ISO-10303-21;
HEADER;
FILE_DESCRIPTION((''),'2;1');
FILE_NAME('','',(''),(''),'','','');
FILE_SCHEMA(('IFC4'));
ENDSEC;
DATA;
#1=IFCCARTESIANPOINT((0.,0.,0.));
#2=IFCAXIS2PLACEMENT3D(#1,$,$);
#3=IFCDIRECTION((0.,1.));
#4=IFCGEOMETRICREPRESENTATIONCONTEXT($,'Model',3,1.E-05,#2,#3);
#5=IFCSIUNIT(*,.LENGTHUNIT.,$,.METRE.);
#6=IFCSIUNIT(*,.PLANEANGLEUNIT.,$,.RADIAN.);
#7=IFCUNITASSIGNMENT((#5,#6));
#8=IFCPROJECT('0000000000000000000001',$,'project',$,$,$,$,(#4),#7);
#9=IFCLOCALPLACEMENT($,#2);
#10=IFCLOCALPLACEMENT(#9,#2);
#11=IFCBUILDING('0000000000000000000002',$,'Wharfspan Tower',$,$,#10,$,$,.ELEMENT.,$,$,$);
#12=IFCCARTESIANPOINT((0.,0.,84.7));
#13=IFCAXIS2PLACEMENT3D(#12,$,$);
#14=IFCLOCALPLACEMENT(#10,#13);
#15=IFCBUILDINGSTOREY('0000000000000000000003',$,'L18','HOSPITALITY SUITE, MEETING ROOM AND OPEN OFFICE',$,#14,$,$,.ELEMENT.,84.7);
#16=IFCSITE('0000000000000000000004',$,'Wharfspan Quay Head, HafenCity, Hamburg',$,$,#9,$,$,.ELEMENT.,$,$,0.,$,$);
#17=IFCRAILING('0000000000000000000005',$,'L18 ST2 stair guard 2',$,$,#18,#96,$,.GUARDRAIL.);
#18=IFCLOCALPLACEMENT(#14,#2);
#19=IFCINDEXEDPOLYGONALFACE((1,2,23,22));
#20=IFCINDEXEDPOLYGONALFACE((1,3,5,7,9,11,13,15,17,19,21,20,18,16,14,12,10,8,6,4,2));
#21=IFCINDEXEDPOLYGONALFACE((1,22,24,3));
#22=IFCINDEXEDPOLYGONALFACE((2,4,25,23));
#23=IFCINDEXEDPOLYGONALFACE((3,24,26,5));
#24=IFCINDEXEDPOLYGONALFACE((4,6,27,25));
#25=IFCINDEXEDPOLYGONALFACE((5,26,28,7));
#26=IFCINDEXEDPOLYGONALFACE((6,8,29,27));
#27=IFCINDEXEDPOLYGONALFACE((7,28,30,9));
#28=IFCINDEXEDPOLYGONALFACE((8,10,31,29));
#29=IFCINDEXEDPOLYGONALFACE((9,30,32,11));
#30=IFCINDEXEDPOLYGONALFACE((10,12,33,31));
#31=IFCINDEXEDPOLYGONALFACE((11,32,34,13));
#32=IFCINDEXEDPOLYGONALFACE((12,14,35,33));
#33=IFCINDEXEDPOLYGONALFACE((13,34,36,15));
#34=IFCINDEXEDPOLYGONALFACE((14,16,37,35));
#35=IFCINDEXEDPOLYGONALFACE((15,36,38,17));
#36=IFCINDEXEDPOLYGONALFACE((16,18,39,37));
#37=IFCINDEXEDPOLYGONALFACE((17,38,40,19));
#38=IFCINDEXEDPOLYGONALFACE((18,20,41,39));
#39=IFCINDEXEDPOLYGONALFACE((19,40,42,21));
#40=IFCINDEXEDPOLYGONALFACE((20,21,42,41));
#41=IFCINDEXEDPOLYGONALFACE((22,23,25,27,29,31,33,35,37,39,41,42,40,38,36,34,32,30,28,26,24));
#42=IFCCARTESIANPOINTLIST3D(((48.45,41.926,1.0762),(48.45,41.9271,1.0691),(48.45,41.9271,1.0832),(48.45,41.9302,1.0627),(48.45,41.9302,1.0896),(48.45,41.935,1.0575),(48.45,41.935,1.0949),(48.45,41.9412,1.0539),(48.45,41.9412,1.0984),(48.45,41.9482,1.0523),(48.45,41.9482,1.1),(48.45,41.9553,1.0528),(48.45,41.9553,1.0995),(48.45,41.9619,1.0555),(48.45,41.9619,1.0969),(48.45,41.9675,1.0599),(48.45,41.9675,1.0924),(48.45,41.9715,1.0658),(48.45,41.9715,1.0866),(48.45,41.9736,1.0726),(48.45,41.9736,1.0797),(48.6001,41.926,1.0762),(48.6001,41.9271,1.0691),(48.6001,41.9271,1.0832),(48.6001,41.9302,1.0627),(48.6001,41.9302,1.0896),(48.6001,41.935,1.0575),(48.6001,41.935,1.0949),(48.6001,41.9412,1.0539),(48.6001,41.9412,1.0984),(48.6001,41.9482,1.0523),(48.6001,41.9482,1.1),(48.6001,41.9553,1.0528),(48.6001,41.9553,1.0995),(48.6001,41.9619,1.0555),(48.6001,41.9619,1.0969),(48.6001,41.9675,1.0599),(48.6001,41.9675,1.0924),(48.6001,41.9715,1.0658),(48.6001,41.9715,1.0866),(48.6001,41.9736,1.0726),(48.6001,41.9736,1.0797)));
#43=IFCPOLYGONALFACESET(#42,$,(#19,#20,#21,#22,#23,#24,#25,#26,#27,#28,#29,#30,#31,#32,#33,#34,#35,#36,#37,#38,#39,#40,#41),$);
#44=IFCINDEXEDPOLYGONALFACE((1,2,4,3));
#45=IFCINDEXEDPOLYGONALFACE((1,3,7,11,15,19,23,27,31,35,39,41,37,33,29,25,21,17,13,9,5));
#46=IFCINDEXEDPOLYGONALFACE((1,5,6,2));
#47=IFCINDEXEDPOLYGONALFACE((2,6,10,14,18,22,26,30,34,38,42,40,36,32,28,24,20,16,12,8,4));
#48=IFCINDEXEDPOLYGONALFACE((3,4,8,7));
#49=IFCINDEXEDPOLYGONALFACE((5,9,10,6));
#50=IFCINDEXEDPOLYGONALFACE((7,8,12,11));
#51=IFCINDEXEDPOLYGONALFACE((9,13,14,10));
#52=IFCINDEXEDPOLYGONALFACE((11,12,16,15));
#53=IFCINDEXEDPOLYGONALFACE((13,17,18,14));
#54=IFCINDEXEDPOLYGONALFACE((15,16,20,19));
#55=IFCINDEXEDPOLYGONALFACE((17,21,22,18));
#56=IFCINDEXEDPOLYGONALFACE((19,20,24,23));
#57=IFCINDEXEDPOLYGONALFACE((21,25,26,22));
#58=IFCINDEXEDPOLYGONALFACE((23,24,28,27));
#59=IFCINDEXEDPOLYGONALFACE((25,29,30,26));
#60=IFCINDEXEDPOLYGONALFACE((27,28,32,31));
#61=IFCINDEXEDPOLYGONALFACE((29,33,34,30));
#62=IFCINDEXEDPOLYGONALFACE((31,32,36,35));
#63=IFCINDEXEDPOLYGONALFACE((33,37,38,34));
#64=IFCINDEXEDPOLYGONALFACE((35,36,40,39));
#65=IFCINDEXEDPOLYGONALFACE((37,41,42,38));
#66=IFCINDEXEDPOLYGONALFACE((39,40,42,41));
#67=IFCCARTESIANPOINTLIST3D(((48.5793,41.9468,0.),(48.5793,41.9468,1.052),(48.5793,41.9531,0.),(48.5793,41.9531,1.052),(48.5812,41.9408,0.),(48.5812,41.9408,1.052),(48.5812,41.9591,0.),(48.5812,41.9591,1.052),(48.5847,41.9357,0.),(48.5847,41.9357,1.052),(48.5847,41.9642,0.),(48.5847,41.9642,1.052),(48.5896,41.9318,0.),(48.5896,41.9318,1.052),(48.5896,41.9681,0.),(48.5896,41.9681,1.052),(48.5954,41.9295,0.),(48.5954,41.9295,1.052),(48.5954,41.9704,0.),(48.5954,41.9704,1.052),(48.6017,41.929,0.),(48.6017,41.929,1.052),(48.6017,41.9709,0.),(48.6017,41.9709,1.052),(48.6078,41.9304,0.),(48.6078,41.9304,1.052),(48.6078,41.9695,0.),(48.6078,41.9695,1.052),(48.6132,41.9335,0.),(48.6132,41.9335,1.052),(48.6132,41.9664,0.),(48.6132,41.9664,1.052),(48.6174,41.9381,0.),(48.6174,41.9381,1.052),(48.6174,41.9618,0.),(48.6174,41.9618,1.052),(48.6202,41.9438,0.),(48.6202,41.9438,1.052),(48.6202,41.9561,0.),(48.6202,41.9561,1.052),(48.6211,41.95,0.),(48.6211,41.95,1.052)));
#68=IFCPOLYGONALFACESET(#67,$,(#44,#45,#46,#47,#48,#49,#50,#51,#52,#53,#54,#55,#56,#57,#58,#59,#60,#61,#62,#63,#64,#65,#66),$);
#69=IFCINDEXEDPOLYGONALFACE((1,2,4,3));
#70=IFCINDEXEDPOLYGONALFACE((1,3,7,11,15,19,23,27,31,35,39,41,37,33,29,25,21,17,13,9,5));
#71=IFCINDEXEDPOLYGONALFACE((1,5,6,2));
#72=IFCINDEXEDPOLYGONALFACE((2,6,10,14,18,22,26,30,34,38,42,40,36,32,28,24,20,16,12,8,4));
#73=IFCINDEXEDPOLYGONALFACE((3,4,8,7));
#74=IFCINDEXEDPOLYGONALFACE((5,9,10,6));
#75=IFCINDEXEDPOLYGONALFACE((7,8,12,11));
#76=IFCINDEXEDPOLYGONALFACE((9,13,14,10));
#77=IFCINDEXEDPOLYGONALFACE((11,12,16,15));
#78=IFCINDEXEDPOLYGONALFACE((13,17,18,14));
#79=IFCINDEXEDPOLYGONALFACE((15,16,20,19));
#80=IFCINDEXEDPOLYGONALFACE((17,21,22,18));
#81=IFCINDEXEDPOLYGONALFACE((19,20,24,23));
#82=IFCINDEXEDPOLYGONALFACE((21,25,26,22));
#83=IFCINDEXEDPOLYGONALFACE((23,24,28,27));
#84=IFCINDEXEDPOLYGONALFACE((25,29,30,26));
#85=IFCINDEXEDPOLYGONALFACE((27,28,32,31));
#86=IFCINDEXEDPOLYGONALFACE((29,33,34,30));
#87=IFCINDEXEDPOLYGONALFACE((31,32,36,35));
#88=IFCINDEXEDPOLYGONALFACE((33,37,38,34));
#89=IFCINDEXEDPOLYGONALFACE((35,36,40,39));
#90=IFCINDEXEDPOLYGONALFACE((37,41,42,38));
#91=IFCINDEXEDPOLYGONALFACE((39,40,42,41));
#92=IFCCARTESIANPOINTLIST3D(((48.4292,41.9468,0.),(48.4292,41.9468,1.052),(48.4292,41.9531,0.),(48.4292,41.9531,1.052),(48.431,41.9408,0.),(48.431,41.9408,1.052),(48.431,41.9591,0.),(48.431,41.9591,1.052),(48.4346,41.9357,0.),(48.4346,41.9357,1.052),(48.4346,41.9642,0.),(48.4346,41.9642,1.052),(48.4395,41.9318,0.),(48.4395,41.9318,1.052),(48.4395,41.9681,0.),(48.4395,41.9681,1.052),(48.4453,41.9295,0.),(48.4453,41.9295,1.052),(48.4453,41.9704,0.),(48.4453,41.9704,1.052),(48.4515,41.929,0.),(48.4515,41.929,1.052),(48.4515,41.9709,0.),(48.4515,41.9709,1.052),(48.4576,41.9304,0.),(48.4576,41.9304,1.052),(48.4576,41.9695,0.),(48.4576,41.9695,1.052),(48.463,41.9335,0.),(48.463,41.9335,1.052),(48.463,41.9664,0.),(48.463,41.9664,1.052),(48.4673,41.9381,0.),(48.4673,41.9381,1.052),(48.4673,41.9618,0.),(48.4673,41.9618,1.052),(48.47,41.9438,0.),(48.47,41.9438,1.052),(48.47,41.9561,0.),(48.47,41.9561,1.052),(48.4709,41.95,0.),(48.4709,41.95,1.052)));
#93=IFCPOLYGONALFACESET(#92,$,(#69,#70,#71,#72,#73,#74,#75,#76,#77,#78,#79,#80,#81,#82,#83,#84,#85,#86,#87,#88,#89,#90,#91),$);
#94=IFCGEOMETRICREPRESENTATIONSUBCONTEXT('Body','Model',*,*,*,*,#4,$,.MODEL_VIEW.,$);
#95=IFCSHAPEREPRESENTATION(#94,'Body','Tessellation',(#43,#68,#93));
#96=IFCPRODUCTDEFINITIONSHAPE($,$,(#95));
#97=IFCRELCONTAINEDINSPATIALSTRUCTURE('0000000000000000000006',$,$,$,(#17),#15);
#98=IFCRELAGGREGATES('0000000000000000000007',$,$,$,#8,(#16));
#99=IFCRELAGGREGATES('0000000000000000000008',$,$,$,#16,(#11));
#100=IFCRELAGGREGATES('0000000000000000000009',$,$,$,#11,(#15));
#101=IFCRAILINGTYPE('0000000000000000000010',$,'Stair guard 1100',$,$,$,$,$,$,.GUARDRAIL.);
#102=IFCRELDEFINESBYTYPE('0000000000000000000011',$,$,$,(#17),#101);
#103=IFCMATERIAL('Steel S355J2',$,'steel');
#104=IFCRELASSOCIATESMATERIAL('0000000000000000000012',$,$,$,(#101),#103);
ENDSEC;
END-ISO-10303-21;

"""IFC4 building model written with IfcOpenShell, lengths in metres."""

from ifc_helpers import new_model, si_unit, direction, frame, origin, origin_2d, place, context, subcontext, project, spatial, circle, extrude, material, type_object, element, save


model = new_model("IFC4")

# Units and contexts
model_context = context("Model", 3, precision=1e-05, world=origin(), true_north=direction((0.0, 1.0)))
body_context = subcontext(model_context, "Body", "Model", "MODEL_VIEW")
ifc_project = project(units=[si_unit("LENGTHUNIT", "METRE"), si_unit("PLANEANGLEUNIT", "RADIAN")], contexts=[model_context])

# Site, building, storey
site_placement = place(None, origin())
site = spatial("IfcSite", under=ifc_project, at=site_placement, Name="Wharfspan Quay Head, HafenCity, Hamburg", CompositionType="ELEMENT", RefElevation=0.0)
building_placement = place(site_placement, origin())
building = spatial("IfcBuilding", under=site, at=building_placement, Name="Wharfspan Tower", CompositionType="ELEMENT")
storey_placement = place(building_placement, frame((0.0, 0.0, 84.7)))
storey = spatial("IfcBuildingStorey", under=building, at=storey_placement, Name="L18", Description="HOSPITALITY SUITE, MEETING ROOM AND OPEN OFFICE", CompositionType="ELEMENT", Elevation=84.7)

# Shared definitions
ifc_material_1 = material(Name="Steel S355J2", Category="steel")

# Railing
railing_type_1 = type_object("IfcRailingType", Name="Stair guard 1100", PredefinedType="GUARDRAIL", material=ifc_material_1)
railing_1_placement = place(storey_placement, frame((48.6001, 41.95, 0.0)))
element("IfcRailing", 1, at=railing_1_placement, inside=storey, type_object=railing_type_1, Name="L18 ST2 stair guard 2", PredefinedType="GUARDRAIL", context=body_context, shape_type="SweptSolid", body=[
    extrude(circle(Radius=0.0239, at=origin_2d()), frame((0.0, 0.0, 1.0762), z_axis=(-1.0, 0.0, 0.0), x_axis=(0.0, -1.0, 0.0)), (0.0, 0.0, 1.0), 0.1501),
    extrude(circle(Radius=0.021, at=origin_2d()), origin(), (0.0, 0.0, 1.0), 1.052),
    extrude(circle(Radius=0.021, at=origin_2d()), frame((-0.1501, 0.0, 0.0)), (0.0, 0.0, 1.0), 1.052),
])

save(model, "model.ifc")
